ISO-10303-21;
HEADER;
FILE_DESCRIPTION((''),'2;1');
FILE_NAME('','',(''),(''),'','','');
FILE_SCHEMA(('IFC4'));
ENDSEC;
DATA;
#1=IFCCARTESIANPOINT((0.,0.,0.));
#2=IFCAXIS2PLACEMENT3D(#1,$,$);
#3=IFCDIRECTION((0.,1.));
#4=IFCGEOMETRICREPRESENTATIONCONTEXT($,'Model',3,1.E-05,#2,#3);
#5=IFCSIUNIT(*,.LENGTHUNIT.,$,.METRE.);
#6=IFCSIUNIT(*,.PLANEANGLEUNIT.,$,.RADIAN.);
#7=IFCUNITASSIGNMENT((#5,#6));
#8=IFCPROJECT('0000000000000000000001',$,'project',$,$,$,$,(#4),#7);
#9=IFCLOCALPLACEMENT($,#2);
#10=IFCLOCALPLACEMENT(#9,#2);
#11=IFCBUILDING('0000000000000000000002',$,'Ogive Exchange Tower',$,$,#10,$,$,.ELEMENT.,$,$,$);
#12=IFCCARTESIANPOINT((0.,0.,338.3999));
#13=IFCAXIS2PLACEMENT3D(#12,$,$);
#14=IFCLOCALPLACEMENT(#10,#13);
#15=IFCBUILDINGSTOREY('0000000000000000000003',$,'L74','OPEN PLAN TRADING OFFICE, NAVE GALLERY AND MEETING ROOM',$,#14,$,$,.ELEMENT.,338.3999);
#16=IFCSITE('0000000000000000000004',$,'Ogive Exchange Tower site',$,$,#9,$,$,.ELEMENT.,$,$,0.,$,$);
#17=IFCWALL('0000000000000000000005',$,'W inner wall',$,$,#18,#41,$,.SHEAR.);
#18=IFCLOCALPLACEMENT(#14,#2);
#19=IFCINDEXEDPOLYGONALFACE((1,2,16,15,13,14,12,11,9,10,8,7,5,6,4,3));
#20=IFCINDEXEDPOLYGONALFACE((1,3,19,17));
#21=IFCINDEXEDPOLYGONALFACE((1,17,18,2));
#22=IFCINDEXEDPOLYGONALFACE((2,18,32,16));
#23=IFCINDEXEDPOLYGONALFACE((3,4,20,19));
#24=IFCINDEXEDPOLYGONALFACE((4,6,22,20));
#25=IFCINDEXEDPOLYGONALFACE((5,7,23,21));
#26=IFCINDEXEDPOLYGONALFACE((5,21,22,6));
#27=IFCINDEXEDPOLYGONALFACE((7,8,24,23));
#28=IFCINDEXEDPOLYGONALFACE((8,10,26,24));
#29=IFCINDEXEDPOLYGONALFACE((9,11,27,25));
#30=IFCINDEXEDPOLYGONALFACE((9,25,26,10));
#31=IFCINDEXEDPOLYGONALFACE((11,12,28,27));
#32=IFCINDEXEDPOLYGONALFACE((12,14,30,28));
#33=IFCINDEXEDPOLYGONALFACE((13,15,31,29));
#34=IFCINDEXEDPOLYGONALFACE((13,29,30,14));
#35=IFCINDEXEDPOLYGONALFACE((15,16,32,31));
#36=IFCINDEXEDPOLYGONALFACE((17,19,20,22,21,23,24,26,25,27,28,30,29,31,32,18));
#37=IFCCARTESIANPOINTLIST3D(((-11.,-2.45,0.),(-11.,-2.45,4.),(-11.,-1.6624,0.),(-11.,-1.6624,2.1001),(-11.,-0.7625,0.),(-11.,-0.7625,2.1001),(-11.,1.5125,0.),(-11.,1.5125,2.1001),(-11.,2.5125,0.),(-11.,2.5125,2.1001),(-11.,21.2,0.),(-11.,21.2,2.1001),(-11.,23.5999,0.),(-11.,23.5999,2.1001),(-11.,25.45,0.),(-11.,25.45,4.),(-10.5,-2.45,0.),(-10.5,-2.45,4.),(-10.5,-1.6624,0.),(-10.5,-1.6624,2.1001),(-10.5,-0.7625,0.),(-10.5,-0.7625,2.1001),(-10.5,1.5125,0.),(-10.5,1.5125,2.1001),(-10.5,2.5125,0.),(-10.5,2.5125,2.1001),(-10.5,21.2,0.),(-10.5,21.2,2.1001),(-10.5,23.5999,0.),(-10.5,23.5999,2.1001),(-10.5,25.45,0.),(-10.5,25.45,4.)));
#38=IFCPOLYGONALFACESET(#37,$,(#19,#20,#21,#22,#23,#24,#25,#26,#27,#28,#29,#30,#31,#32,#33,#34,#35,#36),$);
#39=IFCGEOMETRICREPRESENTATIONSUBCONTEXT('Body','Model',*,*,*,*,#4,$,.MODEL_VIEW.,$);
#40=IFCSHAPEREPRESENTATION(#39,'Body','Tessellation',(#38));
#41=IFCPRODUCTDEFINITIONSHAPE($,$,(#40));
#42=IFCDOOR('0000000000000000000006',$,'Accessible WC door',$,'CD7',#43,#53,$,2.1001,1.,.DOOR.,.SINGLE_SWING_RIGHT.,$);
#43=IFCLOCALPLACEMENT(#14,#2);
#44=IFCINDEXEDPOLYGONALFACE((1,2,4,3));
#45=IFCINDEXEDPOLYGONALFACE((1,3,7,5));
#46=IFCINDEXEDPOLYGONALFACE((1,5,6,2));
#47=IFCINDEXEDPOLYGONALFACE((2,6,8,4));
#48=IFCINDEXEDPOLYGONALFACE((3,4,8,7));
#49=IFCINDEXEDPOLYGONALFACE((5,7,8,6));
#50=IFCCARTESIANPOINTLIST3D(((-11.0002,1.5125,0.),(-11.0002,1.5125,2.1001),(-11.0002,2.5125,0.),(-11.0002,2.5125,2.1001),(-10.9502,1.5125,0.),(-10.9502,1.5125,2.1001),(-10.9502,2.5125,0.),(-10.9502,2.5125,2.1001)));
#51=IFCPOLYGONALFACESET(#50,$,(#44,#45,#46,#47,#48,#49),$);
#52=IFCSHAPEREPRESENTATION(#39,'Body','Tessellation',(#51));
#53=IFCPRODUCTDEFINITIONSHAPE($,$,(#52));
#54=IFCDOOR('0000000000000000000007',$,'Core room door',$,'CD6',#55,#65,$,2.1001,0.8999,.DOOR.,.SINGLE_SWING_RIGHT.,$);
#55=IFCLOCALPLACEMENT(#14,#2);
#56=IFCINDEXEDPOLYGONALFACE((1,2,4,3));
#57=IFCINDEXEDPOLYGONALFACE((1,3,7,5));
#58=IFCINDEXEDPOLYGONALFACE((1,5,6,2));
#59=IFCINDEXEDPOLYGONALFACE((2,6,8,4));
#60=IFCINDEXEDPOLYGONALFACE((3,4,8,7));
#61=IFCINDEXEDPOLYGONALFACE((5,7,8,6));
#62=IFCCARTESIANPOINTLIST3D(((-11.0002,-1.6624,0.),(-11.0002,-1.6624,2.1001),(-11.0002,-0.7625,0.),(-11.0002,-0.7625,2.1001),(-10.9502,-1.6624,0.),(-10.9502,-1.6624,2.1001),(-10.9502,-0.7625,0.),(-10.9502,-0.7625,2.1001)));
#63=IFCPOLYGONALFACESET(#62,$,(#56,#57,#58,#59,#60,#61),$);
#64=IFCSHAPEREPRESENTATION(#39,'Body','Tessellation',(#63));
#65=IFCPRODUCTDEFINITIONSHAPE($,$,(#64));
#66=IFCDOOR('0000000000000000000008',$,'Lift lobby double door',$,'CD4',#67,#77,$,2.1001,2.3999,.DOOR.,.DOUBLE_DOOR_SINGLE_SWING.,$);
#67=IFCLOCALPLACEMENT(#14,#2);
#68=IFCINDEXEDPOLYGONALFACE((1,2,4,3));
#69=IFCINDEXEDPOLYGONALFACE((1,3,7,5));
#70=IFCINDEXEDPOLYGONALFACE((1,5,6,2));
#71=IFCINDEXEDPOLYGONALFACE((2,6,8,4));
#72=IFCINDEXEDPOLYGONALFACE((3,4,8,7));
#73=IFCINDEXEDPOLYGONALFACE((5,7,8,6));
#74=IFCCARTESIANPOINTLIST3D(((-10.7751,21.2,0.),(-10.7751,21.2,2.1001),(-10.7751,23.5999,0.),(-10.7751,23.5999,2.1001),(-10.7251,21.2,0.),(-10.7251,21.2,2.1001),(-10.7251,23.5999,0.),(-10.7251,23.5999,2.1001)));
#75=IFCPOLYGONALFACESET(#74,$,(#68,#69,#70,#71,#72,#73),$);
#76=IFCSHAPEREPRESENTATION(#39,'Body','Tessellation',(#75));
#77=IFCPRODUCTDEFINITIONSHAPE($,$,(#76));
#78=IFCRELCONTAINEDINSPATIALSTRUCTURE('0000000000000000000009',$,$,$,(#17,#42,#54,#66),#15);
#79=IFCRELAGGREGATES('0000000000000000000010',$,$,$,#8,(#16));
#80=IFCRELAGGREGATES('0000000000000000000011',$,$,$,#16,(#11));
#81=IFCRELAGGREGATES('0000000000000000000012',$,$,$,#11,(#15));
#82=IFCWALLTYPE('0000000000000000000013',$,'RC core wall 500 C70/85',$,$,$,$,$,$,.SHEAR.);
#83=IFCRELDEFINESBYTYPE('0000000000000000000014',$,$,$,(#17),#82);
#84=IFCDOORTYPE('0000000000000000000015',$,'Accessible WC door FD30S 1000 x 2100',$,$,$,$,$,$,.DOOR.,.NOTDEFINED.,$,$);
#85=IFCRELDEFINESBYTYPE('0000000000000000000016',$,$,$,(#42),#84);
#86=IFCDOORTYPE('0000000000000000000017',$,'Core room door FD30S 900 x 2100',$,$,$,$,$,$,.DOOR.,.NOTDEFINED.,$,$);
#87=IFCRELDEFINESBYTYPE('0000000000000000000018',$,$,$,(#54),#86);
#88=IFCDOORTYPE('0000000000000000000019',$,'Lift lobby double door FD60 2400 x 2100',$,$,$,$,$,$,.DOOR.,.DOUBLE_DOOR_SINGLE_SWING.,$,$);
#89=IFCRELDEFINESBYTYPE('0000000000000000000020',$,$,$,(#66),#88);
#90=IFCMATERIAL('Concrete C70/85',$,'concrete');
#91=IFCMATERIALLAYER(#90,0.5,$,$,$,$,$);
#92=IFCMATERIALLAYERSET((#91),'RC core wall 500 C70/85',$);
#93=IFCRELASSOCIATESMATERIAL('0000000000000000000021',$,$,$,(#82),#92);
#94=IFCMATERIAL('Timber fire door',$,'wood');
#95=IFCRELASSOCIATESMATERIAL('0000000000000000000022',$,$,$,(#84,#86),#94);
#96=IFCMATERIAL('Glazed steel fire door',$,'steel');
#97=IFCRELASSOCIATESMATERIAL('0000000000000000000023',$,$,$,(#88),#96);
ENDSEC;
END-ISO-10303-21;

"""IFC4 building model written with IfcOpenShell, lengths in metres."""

from ifc_helpers import new_model, si_unit, direction, frame, frame_2d, origin, place, context, subcontext, project, spatial, rectangle, extrude, material, layer, layer_set, type_object, element, fill, save


model = new_model("IFC4")

# Units and contexts
model_context = context("Model", 3, precision=1e-05, world=origin(), true_north=direction((0.0, 1.0)))
body_context = subcontext(model_context, "Body", "Model", "MODEL_VIEW")
ifc_project = project(units=[si_unit("LENGTHUNIT", "METRE"), si_unit("PLANEANGLEUNIT", "RADIAN")], contexts=[model_context])

# Site, building, storey
site_placement = place(None, origin())
site = spatial("IfcSite", under=ifc_project, at=site_placement, Name="Ogive Exchange Tower site", CompositionType="ELEMENT", RefElevation=0.0)
building_placement = place(site_placement, origin())
building = spatial("IfcBuilding", under=site, at=building_placement, Name="Ogive Exchange Tower", CompositionType="ELEMENT")
storey_placement = place(building_placement, frame((0.0, 0.0, 338.3999)))
storey = spatial("IfcBuildingStorey", under=building, at=storey_placement, Name="L74", Description="OPEN PLAN TRADING OFFICE, NAVE GALLERY AND MEETING ROOM", CompositionType="ELEMENT", Elevation=338.3999)

# Shared definitions
ifc_material_1 = material(Name="Concrete C70/85", Category="concrete")

# Wall, openings, doors
ifc_layer_1 = layer(ifc_material_1, 0.5)
ifc_layer_set_1 = layer_set([ifc_layer_1], Name="RC core wall 500 C70/85")
wall_type_1 = type_object("IfcWallType", Name="RC core wall 500 C70/85", PredefinedType="SHEAR", material=ifc_layer_set_1)
wall_1_placement = place(storey_placement, frame((-10.75, -2.45, 0.0), z_axis=(0.0, 0.0, 1.0), x_axis=(0.0, 1.0, 0.0)))
wall_1 = element("IfcWall", 1, at=wall_1_placement, inside=storey, type_object=wall_type_1, Name="W inner wall", PredefinedType="SHEAR", context=body_context, shape_type="SweptSolid", body=[
    extrude(rectangle(XDim=27.8999, YDim=0.5, at=frame_2d((13.95, 0.0))), origin(), (0.0, 0.0, 1.0), 4.0),
])
opening_1_placement = place(wall_1_placement, frame((23.6499, 0.0, 0.0)))
opening_1 = element("IfcOpeningElement", 2, at=opening_1_placement, cuts=wall_1, PredefinedType="OPENING", context=body_context, shape_type="SweptSolid", body=[
    extrude(rectangle(XDim=2.3999, YDim=2.1001, at=frame_2d((1.2, 1.05))), frame((0.0, 0.26, 0.0), z_axis=(0.0, -1.0, 0.0), x_axis=(1.0, 0.0, 0.0)), (0.0, 0.0, 1.0), 0.52),
])
opening_2_placement = place(wall_1_placement, frame((0.7876, 0.0, 0.0)))
opening_2 = element("IfcOpeningElement", 3, at=opening_2_placement, cuts=wall_1, PredefinedType="OPENING", context=body_context, shape_type="SweptSolid", body=[
    extrude(rectangle(XDim=0.8999, YDim=2.1001, at=frame_2d((0.45, 1.05))), frame((0.0, 0.26, 0.0), z_axis=(0.0, -1.0, 0.0), x_axis=(1.0, 0.0, 0.0)), (0.0, 0.0, 1.0), 0.52),
])
opening_3_placement = place(wall_1_placement, frame((3.9624, 0.0, 0.0)))
opening_3 = element("IfcOpeningElement", 4, at=opening_3_placement, cuts=wall_1, PredefinedType="OPENING", context=body_context, shape_type="SweptSolid", body=[
    extrude(rectangle(XDim=1.0, YDim=2.1001, at=frame_2d((0.5, 1.05))), frame((0.0, 0.26, 0.0), z_axis=(0.0, -1.0, 0.0), x_axis=(1.0, 0.0, 0.0)), (0.0, 0.0, 1.0), 0.52),
])
ifc_material_2 = material(Name="Timber fire door", Category="wood")
door_type_1 = type_object("IfcDoorType", Name="Accessible WC door FD30S 1000 x 2100", OperationType="NOTDEFINED", PredefinedType="DOOR", material=ifc_material_2)
door_1_placement = place(opening_3_placement, frame((1.0, 0.4502, 0.0), z_axis=(0.0, 0.0, 1.0), x_axis=(-1.0, 0.0, 0.0)))
door_1 = element("IfcDoor", 5, at=door_1_placement, inside=storey, type_object=door_type_1, Name="Accessible WC door", ObjectType="CD7", OperationType="SINGLE_SWING_RIGHT", OverallHeight=2.1001, OverallWidth=1.0, PredefinedType="DOOR", context=body_context, shape_type="SweptSolid", body=[
    extrude(rectangle(XDim=1.0, YDim=2.1001, at=frame_2d((0.5, 1.05))), frame((0.0, 0.25, 0.0), z_axis=(0.0, -1.0, 0.0), x_axis=(1.0, 0.0, 0.0)), (0.0, 0.0, 1.0), 0.05),
])
fill(opening_3, door_1)
door_type_2 = type_object("IfcDoorType", Name="Core room door FD30S 900 x 2100", OperationType="NOTDEFINED", PredefinedType="DOOR", material=ifc_material_2)
door_2_placement = place(opening_2_placement, frame((0.8999, 0.4502, 0.0), z_axis=(0.0, 0.0, 1.0), x_axis=(-1.0, 0.0, 0.0)))
door_2 = element("IfcDoor", 6, at=door_2_placement, inside=storey, type_object=door_type_2, Name="Core room door", ObjectType="CD6", OperationType="SINGLE_SWING_RIGHT", OverallHeight=2.1001, OverallWidth=0.8999, PredefinedType="DOOR", context=body_context, shape_type="SweptSolid", body=[
    extrude(rectangle(XDim=0.8999, YDim=2.1001, at=frame_2d((0.45, 1.05))), frame((0.0, 0.25, 0.0), z_axis=(0.0, -1.0, 0.0), x_axis=(1.0, 0.0, 0.0)), (0.0, 0.0, 1.0), 0.05),
])
fill(opening_2, door_2)
ifc_material_3 = material(Name="Glazed steel fire door", Category="steel")
door_type_3 = type_object("IfcDoorType", Name="Lift lobby double door FD60 2400 x 2100", OperationType="DOUBLE_DOOR_SINGLE_SWING", PredefinedType="DOOR", material=ifc_material_3)
door_3_placement = place(opening_1_placement, frame((2.3999, 0.0, 0.0), z_axis=(0.0, 0.0, 1.0), x_axis=(-1.0, 0.0, 0.0)))
door_3 = element("IfcDoor", 7, at=door_3_placement, inside=storey, type_object=door_type_3, Name="Lift lobby double door", ObjectType="CD4", OperationType="DOUBLE_DOOR_SINGLE_SWING", OverallHeight=2.1001, OverallWidth=2.3999, PredefinedType="DOOR", context=body_context, shape_type="SweptSolid", body=[
    extrude(rectangle(XDim=2.3999, YDim=2.1001, at=frame_2d((1.2, 1.05))), frame((0.0, 0.0249, 0.0), z_axis=(0.0, -1.0, 0.0), x_axis=(1.0, 0.0, 0.0)), (0.0, 0.0, 1.0), 0.05),
])
fill(opening_1, door_3)

save(model, "model.ifc")
